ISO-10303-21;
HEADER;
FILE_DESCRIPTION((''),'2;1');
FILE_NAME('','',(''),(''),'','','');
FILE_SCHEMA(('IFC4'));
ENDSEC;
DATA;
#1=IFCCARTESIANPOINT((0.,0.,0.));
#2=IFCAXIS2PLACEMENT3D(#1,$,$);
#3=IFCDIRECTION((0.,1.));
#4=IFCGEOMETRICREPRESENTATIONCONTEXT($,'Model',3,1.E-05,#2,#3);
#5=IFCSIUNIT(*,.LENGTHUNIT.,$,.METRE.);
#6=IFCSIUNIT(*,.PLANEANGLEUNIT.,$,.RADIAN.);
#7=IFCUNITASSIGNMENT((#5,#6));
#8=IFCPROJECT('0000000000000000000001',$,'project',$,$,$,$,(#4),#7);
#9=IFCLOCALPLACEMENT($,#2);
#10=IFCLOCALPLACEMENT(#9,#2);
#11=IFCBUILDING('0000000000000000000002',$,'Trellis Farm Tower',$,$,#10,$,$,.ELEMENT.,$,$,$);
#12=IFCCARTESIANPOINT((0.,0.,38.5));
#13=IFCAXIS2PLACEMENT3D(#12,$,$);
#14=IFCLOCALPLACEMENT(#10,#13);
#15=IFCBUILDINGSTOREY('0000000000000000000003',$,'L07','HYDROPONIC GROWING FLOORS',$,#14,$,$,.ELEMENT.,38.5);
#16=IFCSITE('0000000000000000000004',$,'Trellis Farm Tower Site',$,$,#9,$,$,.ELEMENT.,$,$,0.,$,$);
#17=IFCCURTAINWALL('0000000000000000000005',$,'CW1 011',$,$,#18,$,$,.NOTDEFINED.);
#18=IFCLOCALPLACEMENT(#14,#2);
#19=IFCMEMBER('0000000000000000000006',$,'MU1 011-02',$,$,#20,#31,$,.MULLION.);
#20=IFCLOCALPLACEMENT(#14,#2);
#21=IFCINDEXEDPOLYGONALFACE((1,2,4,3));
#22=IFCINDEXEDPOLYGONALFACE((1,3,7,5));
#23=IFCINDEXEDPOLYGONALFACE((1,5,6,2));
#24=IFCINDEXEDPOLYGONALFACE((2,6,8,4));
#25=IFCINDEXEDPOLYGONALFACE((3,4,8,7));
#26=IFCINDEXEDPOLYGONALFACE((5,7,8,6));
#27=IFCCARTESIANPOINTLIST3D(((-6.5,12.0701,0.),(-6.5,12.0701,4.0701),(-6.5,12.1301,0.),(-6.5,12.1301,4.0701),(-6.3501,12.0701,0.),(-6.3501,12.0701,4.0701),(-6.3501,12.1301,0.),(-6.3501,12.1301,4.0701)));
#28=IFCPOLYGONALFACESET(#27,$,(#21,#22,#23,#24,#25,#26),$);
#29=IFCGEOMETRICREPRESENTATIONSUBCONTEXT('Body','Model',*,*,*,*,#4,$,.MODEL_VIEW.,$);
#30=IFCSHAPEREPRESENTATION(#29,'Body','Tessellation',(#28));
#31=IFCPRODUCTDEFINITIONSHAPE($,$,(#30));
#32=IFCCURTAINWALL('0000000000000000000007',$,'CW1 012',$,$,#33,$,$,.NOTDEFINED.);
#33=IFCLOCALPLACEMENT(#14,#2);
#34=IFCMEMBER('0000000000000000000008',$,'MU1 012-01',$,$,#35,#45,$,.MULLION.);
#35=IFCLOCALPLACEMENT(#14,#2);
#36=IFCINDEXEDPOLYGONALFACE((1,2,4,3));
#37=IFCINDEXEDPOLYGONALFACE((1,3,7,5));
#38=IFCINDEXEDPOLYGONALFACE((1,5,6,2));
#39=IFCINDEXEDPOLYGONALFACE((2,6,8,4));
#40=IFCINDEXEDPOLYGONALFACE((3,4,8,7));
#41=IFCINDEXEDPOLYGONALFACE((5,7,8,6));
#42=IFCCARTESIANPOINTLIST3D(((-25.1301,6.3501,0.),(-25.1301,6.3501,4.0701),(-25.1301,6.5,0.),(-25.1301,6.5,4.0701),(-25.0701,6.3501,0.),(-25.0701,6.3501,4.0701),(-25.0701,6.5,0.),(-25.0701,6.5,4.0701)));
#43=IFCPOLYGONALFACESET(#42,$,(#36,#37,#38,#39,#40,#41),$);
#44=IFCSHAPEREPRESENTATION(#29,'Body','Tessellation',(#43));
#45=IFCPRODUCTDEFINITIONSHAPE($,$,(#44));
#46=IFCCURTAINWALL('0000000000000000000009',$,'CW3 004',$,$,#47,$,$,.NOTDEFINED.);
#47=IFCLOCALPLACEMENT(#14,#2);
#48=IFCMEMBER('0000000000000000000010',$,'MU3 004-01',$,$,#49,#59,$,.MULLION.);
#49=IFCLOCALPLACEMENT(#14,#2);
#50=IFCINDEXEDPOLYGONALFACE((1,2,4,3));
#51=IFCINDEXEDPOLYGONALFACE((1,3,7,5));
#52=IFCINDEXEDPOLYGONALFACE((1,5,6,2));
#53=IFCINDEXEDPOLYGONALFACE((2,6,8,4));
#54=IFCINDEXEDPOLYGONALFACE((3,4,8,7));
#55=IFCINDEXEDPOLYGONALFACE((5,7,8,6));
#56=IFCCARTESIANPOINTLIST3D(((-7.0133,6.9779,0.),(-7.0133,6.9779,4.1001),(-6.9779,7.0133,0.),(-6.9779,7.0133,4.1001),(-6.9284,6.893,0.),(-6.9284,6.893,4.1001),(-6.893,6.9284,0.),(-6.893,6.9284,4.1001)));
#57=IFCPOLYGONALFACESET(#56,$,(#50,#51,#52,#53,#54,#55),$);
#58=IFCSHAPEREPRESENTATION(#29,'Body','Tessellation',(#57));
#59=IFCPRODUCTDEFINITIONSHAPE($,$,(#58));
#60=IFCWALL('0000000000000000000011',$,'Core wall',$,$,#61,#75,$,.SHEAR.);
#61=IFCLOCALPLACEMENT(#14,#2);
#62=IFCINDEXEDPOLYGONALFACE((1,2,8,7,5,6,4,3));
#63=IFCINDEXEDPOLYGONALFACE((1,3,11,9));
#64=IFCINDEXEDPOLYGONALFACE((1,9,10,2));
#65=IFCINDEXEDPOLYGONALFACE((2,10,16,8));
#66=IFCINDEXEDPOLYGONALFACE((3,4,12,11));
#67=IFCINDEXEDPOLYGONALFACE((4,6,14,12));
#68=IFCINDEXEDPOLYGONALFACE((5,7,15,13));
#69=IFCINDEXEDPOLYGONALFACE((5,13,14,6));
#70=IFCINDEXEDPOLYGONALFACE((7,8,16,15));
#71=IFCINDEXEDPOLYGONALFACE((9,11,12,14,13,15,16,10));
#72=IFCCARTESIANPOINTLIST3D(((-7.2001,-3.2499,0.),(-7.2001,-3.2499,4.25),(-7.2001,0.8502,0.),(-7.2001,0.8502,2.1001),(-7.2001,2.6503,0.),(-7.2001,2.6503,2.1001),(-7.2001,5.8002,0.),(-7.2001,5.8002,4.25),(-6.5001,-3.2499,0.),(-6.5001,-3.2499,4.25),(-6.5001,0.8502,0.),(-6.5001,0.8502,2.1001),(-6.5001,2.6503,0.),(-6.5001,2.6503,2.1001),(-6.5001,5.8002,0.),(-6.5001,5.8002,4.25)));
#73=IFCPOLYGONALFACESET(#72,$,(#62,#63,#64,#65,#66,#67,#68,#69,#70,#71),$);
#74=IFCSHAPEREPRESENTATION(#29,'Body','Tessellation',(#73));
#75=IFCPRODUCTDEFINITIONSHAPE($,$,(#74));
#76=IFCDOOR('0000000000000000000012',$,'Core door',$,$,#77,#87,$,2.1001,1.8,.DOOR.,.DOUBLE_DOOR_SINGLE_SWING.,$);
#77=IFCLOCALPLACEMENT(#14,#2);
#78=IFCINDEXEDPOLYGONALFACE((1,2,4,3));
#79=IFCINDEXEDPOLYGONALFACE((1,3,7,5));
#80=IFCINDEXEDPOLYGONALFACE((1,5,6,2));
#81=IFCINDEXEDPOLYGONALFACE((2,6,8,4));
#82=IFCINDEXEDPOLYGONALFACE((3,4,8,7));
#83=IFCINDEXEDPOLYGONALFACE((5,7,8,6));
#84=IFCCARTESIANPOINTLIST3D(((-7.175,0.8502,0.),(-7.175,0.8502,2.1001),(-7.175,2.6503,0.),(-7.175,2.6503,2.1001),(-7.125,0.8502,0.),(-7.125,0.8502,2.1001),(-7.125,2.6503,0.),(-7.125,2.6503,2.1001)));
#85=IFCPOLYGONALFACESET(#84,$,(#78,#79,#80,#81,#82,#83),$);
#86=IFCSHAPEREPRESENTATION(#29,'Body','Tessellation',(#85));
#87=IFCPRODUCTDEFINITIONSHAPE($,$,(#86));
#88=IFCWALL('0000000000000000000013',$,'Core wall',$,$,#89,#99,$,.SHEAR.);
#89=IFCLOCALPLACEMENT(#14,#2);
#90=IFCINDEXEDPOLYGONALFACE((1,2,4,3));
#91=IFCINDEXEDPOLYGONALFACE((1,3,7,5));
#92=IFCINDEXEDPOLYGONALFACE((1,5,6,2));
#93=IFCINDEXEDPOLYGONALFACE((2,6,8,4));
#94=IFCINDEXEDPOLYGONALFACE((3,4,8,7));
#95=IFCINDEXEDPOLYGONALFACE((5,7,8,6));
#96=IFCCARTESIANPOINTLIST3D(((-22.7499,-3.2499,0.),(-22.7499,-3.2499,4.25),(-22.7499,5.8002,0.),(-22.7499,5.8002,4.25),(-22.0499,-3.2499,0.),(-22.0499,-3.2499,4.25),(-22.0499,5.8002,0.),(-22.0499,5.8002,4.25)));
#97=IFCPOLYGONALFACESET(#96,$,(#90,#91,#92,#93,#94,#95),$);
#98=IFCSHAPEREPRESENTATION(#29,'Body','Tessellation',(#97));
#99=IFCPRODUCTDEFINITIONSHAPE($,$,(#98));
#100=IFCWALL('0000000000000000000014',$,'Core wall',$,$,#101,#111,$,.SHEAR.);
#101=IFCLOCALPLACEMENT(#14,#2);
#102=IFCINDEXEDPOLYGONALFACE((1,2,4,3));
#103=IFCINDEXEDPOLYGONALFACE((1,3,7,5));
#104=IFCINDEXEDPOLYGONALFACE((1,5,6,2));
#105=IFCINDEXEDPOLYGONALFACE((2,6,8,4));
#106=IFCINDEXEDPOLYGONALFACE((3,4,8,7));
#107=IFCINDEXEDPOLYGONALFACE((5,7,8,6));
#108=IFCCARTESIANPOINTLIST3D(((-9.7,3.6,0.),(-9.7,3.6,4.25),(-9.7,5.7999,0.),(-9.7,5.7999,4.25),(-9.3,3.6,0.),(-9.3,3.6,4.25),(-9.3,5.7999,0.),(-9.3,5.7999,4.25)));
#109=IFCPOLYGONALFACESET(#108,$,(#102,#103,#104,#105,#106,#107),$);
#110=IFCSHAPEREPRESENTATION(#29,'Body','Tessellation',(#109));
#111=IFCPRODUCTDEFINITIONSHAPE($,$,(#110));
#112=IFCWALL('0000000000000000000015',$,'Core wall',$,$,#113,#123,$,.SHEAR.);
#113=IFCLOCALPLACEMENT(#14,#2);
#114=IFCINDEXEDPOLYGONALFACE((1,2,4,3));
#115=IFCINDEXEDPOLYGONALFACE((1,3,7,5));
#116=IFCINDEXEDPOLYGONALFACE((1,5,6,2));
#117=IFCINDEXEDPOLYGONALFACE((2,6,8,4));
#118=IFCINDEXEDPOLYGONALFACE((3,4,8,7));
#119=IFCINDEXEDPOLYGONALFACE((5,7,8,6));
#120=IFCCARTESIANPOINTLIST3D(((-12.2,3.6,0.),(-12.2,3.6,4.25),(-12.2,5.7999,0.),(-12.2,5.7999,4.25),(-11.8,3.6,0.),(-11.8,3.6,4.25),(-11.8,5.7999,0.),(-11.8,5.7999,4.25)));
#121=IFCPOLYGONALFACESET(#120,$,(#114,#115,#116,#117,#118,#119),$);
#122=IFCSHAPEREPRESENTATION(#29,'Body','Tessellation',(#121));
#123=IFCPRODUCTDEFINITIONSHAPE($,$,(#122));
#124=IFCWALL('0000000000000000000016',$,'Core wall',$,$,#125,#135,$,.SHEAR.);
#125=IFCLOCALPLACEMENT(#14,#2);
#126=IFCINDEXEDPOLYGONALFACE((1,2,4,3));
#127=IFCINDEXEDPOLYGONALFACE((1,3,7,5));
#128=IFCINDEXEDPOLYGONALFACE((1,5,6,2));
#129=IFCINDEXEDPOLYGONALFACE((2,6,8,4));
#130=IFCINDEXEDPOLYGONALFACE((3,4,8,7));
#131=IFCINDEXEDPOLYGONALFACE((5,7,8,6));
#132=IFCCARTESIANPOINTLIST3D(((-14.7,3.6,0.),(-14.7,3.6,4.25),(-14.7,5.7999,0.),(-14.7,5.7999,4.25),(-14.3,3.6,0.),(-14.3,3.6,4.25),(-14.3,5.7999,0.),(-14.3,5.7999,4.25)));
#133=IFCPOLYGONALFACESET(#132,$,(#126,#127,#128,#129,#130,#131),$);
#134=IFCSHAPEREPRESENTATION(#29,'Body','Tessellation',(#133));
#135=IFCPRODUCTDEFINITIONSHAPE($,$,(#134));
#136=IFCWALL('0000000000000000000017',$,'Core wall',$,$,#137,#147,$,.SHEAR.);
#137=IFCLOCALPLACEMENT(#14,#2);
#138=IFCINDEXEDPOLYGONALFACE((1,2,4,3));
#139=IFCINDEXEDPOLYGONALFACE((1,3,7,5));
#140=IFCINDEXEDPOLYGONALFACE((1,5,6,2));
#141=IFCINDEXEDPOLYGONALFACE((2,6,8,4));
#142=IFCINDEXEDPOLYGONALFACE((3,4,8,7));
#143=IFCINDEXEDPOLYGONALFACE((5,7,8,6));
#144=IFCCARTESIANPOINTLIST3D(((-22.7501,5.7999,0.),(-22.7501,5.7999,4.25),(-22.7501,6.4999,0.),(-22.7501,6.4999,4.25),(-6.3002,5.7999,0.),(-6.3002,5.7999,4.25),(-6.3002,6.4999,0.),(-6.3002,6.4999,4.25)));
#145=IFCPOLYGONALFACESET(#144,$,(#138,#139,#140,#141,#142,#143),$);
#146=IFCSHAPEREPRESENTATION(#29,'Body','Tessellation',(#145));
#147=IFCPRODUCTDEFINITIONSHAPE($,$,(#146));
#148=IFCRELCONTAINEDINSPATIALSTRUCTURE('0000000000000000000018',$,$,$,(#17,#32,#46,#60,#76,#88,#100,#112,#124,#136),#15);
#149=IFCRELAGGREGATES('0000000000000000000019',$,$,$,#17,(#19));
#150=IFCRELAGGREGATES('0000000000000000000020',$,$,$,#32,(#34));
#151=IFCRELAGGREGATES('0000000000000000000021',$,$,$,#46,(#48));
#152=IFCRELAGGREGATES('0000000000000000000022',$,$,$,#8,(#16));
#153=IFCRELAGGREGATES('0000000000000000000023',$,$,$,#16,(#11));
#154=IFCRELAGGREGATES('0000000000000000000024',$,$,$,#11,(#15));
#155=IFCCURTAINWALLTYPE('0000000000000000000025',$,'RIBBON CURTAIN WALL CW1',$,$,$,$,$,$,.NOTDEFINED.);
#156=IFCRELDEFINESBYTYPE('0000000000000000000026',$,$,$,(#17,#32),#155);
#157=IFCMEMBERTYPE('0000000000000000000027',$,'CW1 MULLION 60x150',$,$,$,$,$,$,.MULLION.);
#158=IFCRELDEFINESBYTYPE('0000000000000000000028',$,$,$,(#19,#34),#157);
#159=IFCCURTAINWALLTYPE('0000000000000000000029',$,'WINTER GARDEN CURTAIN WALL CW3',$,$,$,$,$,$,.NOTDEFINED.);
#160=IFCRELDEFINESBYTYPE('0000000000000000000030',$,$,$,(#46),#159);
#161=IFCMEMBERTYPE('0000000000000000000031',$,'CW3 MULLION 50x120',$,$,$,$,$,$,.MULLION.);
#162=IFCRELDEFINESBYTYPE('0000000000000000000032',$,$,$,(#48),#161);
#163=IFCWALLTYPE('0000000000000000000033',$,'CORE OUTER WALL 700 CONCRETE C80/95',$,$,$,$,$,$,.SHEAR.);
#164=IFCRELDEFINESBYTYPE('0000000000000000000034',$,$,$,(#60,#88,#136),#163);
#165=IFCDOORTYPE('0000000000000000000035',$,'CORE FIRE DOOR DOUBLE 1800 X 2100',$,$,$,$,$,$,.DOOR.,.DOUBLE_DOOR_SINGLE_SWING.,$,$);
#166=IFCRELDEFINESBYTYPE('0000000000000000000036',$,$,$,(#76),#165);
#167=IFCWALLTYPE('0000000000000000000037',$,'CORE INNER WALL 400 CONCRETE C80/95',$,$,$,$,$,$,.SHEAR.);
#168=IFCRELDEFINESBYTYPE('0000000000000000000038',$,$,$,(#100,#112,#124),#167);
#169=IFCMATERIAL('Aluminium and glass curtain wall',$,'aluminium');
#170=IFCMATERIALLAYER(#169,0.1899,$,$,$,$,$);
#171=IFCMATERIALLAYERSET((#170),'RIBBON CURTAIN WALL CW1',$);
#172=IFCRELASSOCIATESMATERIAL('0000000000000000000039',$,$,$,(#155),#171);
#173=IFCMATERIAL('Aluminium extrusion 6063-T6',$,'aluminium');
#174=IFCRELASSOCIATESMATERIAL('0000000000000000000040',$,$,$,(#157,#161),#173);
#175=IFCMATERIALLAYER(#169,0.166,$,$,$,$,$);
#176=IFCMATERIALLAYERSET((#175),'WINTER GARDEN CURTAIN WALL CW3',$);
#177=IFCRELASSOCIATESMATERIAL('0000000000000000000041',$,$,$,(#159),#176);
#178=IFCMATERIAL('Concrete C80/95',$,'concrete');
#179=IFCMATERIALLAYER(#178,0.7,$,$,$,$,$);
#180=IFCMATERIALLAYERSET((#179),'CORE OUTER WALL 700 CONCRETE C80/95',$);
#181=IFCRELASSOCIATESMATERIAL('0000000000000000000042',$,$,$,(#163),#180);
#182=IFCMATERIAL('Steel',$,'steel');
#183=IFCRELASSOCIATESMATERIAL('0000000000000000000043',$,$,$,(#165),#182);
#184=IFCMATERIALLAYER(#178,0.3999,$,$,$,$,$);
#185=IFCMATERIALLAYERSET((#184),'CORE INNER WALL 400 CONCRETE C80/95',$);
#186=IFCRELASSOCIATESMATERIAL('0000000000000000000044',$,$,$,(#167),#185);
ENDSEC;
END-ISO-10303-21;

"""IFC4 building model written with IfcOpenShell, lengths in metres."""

from ifc_helpers import new_model, si_unit, direction, frame, frame_2d, origin, origin_2d, place, context, subcontext, project, spatial, rectangle, extrude, source, transform, mapped, material, layer, layer_set, material_profile, profile_set, type_object, element, fill, aggregate, save


model = new_model("IFC4")

# Units and contexts
model_context = context("Model", 3, precision=1e-05, world=origin(), true_north=direction((0.0, 1.0)))
body_context = subcontext(model_context, "Body", "Model", "MODEL_VIEW")
ifc_project = project(units=[si_unit("LENGTHUNIT", "METRE"), si_unit("PLANEANGLEUNIT", "RADIAN")], contexts=[model_context])

# Site, building, storey
site_placement = place(None, origin())
site = spatial("IfcSite", under=ifc_project, at=site_placement, Name="Trellis Farm Tower Site", CompositionType="ELEMENT", RefElevation=0.0)
building_placement = place(site_placement, origin())
building = spatial("IfcBuilding", under=site, at=building_placement, Name="Trellis Farm Tower", CompositionType="ELEMENT")
storey_placement = place(building_placement, frame((0.0, 0.0, 38.5)))
storey = spatial("IfcBuildingStorey", under=building, at=storey_placement, Name="L07", Description="HYDROPONIC GROWING FLOORS", CompositionType="ELEMENT", Elevation=38.5)

# Shared definitions
ifc_material_1 = material(Name="Concrete C80/95", Category="concrete")

# Shared definitions
ifc_material_2 = material(Name="Aluminium and glass curtain wall", Category="aluminium")
ifc_layer_1 = layer(ifc_material_2, 0.1899)
ifc_layer_set_1 = layer_set([ifc_layer_1], Name="RIBBON CURTAIN WALL CW1")
curtain_wall_type_1 = type_object("IfcCurtainWallType", Name="RIBBON CURTAIN WALL CW1", PredefinedType="NOTDEFINED", material=ifc_layer_set_1)
placement = place(storey_placement, origin())
ifc_material_3 = material(Name="Aluminium extrusion 6063-T6", Category="aluminium")
ifc_material_profile_1 = material_profile(ifc_material_3, rectangle(XDim=0.0601, YDim=0.1499, at=origin_2d()), Name="MULLION 60x150")
ifc_profile_set_1 = profile_set([ifc_material_profile_1], Name="Aluminium extrusion 6063-T6")
member_type_1 = type_object("IfcMemberType", Name="CW1 MULLION 60x150", PredefinedType="MULLION", material=ifc_profile_set_1)
shared_shape_1 = source(origin(), body_context, "Body", "SweptSolid", [
    extrude(rectangle(XDim=0.0601, YDim=0.1499, at=origin_2d()), origin(), (0.0, 0.0, 1.0), 4.0701),
])

# Curtain wall, member
curtain_wall_1 = element("IfcCurtainWall", 1, at=placement, inside=storey, type_object=curtain_wall_type_1, Name="CW1 011", PredefinedType="NOTDEFINED")
member_1_placement = place(storey_placement, frame((-6.425, 12.1001, 0.0), z_axis=(0.0, 0.0, 1.0), x_axis=(0.0, -1.0, 0.0)))
member_1 = element("IfcMember", 2, at=member_1_placement, type_object=member_type_1, Name="MU1 011-02", PredefinedType="MULLION", context=body_context, shape_type="MappedRepresentation", body=[
    mapped(shared_shape_1, transform((0.0, 0.0, 0.0))),
])
aggregate(curtain_wall_1, [member_1])

# Curtain walls, members
curtain_wall_2 = element("IfcCurtainWall", 3, at=placement, inside=storey, type_object=curtain_wall_type_1, Name="CW1 012", PredefinedType="NOTDEFINED")
member_2_placement = place(storey_placement, frame((-25.1001, 6.425, 0.0), z_axis=(0.0, 0.0, 1.0), x_axis=(-1.0, 0.0, 0.0)))
member_2 = element("IfcMember", 4, at=member_2_placement, type_object=member_type_1, Name="MU1 012-01", PredefinedType="MULLION", context=body_context, shape_type="MappedRepresentation", body=[
    mapped(shared_shape_1, transform((0.0, 0.0, 0.0))),
])
aggregate(curtain_wall_2, [member_2])
ifc_layer_2 = layer(ifc_material_2, 0.166)
ifc_layer_set_2 = layer_set([ifc_layer_2], Name="WINTER GARDEN CURTAIN WALL CW3")
curtain_wall_type_2 = type_object("IfcCurtainWallType", Name="WINTER GARDEN CURTAIN WALL CW3", PredefinedType="NOTDEFINED", material=ifc_layer_set_2)
curtain_wall_3 = element("IfcCurtainWall", 5, at=placement, inside=storey, type_object=curtain_wall_type_2, Name="CW3 004", PredefinedType="NOTDEFINED")
ifc_material_profile_2 = material_profile(ifc_material_3, rectangle(XDim=0.05, YDim=0.1201, at=origin_2d()), Name="MULLION 50x120")
ifc_profile_set_2 = profile_set([ifc_material_profile_2], Name="Aluminium extrusion 6063-T6")
member_type_2 = type_object("IfcMemberType", Name="CW3 MULLION 50x120", PredefinedType="MULLION", material=ifc_profile_set_2)
shared_shape_2 = source(origin(), body_context, "Body", "SweptSolid", [
    extrude(rectangle(XDim=0.05, YDim=0.1201, at=origin_2d()), origin(), (0.0, 0.0, 1.0), 4.1001),
])
member_3_placement = place(storey_placement, frame((-6.9531, 6.9531, 0.0), z_axis=(0.0, 0.0, 1.0), x_axis=(-0.707107, -0.707107, 0.0)))
member_3 = element("IfcMember", 6, at=member_3_placement, type_object=member_type_2, Name="MU3 004-01", PredefinedType="MULLION", context=body_context, shape_type="MappedRepresentation", body=[
    mapped(shared_shape_2, transform((0.0, 0.0, 0.0))),
])
aggregate(curtain_wall_3, [member_3])

# Wall, opening, door
ifc_layer_3 = layer(ifc_material_1, 0.7)
ifc_layer_set_3 = layer_set([ifc_layer_3], Name="CORE OUTER WALL 700 CONCRETE C80/95")
wall_type_1 = type_object("IfcWallType", Name="CORE OUTER WALL 700 CONCRETE C80/95", PredefinedType="SHEAR", material=ifc_layer_set_3)
shared_shape_3 = source(origin(), body_context, "Body", "SweptSolid", [
    extrude(rectangle(XDim=9.05, YDim=0.7, at=frame_2d((4.5249, 0.0))), origin(), (0.0, 0.0, 1.0), 4.25),
])
wall_1_placement = place(storey_placement, frame((-6.8501, 5.8, 0.0), z_axis=(0.0, 0.0, 1.0), x_axis=(0.0, -1.0, 0.0)))
wall_1 = element("IfcWall", 7, at=wall_1_placement, inside=storey, type_object=wall_type_1, Name="Core wall", PredefinedType="SHEAR", context=body_context, shape_type="MappedRepresentation", body=[
    mapped(shared_shape_3, transform((0.0, 0.0, 0.0))),
])
shared_shape_4 = source(origin(), body_context, "Body", "SweptSolid", [
    extrude(rectangle(XDim=1.8, YDim=2.1001, at=frame_2d((0.8999, 1.05))), frame((0.0, 0.3601, 0.0), z_axis=(0.0, -1.0, 0.0), x_axis=(1.0, 0.0, 0.0)), (0.0, 0.0, 1.0), 0.7202),
])
opening_1_placement = place(wall_1_placement, frame((3.1499, 0.0, 0.0)))
opening_1 = element("IfcOpeningElement", 8, at=opening_1_placement, cuts=wall_1, PredefinedType="OPENING", context=body_context, shape_type="MappedRepresentation", body=[
    mapped(shared_shape_4, transform((0.0, 0.0, 0.0))),
])
ifc_material_4 = material(Name="Steel", Category="steel")
door_type_1 = type_object("IfcDoorType", Name="CORE FIRE DOOR DOUBLE 1800 X 2100", OperationType="DOUBLE_DOOR_SINGLE_SWING", PredefinedType="DOOR", material=ifc_material_4)
shared_shape_5 = source(origin(), body_context, "Body", "SweptSolid", [
    extrude(rectangle(XDim=1.8, YDim=2.1001, at=frame_2d((0.8999, 1.05))), frame((0.0, -0.2749, 0.0), z_axis=(0.0, -1.0, 0.0), x_axis=(1.0, 0.0, 0.0)), (0.0, 0.0, 1.0), 0.05),
])
door_1_placement = place(opening_1_placement, origin())
door_1 = element("IfcDoor", 9, at=door_1_placement, inside=storey, type_object=door_type_1, Name="Core door", OperationType="DOUBLE_DOOR_SINGLE_SWING", OverallHeight=2.1001, OverallWidth=1.8, PredefinedType="DOOR", context=body_context, shape_type="MappedRepresentation", body=[
    mapped(shared_shape_5, transform((0.0, 0.0, 0.0))),
])
fill(opening_1, door_1)

# Walls
wall_2_placement = place(storey_placement, frame((-22.3999, 5.8, 0.0), z_axis=(0.0, 0.0, 1.0), x_axis=(0.0, -1.0, 0.0)))
element("IfcWall", 10, at=wall_2_placement, inside=storey, type_object=wall_type_1, Name="Core wall", PredefinedType="SHEAR", context=body_context, shape_type="MappedRepresentation", body=[
    mapped(shared_shape_3, transform((0.0, 0.0, 0.0))),
])
ifc_layer_4 = layer(ifc_material_1, 0.3999)
ifc_layer_set_4 = layer_set([ifc_layer_4], Name="CORE INNER WALL 400 CONCRETE C80/95")
wall_type_2 = type_object("IfcWallType", Name="CORE INNER WALL 400 CONCRETE C80/95", PredefinedType="SHEAR", material=ifc_layer_set_4)
shared_shape_6 = source(origin(), body_context, "Body", "SweptSolid", [
    extrude(rectangle(XDim=2.2, YDim=0.3999, at=frame_2d((1.1001, 0.0))), origin(), (0.0, 0.0, 1.0), 4.25),
])
for number, where, z_axis, x_axis, name in (
    (11, (-9.5, 5.8, 0.0), (0.0, 0.0, 1.0), (0.0, -1.0, 0.0), "Core wall"),
    (12, (-12.0, 5.8, 0.0), (0.0, 0.0, 1.0), (0.0, -1.0, 0.0), "Core wall"),
    (13, (-14.5, 5.8, 0.0), (0.0, 0.0, 1.0), (0.0, -1.0, 0.0), "Core wall"),
):
    element("IfcWall", number, at=place(storey_placement, frame(where, z_axis=z_axis, x_axis=x_axis)), inside=storey, type_object=wall_type_2, Name=name, PredefinedType="SHEAR", context=body_context, shape_type="MappedRepresentation", body=[
        mapped(shared_shape_6, transform((0.0, 0.0, 0.0))),
    ])
shared_shape_7 = source(origin(), body_context, "Body", "SweptSolid", [
    extrude(rectangle(XDim=16.45, YDim=0.7, at=frame_2d((8.2251, 0.0))), origin(), (0.0, 0.0, 1.0), 4.25),
])
wall_3_placement = place(storey_placement, frame((-6.3, 6.1499, 0.0), z_axis=(0.0, 0.0, 1.0), x_axis=(-1.0, 0.0, 0.0)))
element("IfcWall", 14, at=wall_3_placement, inside=storey, type_object=wall_type_1, Name="Core wall", PredefinedType="SHEAR", context=body_context, shape_type="MappedRepresentation", body=[
    mapped(shared_shape_7, transform((0.0, 0.0, 0.0))),
])

save(model, "model.ifc")
